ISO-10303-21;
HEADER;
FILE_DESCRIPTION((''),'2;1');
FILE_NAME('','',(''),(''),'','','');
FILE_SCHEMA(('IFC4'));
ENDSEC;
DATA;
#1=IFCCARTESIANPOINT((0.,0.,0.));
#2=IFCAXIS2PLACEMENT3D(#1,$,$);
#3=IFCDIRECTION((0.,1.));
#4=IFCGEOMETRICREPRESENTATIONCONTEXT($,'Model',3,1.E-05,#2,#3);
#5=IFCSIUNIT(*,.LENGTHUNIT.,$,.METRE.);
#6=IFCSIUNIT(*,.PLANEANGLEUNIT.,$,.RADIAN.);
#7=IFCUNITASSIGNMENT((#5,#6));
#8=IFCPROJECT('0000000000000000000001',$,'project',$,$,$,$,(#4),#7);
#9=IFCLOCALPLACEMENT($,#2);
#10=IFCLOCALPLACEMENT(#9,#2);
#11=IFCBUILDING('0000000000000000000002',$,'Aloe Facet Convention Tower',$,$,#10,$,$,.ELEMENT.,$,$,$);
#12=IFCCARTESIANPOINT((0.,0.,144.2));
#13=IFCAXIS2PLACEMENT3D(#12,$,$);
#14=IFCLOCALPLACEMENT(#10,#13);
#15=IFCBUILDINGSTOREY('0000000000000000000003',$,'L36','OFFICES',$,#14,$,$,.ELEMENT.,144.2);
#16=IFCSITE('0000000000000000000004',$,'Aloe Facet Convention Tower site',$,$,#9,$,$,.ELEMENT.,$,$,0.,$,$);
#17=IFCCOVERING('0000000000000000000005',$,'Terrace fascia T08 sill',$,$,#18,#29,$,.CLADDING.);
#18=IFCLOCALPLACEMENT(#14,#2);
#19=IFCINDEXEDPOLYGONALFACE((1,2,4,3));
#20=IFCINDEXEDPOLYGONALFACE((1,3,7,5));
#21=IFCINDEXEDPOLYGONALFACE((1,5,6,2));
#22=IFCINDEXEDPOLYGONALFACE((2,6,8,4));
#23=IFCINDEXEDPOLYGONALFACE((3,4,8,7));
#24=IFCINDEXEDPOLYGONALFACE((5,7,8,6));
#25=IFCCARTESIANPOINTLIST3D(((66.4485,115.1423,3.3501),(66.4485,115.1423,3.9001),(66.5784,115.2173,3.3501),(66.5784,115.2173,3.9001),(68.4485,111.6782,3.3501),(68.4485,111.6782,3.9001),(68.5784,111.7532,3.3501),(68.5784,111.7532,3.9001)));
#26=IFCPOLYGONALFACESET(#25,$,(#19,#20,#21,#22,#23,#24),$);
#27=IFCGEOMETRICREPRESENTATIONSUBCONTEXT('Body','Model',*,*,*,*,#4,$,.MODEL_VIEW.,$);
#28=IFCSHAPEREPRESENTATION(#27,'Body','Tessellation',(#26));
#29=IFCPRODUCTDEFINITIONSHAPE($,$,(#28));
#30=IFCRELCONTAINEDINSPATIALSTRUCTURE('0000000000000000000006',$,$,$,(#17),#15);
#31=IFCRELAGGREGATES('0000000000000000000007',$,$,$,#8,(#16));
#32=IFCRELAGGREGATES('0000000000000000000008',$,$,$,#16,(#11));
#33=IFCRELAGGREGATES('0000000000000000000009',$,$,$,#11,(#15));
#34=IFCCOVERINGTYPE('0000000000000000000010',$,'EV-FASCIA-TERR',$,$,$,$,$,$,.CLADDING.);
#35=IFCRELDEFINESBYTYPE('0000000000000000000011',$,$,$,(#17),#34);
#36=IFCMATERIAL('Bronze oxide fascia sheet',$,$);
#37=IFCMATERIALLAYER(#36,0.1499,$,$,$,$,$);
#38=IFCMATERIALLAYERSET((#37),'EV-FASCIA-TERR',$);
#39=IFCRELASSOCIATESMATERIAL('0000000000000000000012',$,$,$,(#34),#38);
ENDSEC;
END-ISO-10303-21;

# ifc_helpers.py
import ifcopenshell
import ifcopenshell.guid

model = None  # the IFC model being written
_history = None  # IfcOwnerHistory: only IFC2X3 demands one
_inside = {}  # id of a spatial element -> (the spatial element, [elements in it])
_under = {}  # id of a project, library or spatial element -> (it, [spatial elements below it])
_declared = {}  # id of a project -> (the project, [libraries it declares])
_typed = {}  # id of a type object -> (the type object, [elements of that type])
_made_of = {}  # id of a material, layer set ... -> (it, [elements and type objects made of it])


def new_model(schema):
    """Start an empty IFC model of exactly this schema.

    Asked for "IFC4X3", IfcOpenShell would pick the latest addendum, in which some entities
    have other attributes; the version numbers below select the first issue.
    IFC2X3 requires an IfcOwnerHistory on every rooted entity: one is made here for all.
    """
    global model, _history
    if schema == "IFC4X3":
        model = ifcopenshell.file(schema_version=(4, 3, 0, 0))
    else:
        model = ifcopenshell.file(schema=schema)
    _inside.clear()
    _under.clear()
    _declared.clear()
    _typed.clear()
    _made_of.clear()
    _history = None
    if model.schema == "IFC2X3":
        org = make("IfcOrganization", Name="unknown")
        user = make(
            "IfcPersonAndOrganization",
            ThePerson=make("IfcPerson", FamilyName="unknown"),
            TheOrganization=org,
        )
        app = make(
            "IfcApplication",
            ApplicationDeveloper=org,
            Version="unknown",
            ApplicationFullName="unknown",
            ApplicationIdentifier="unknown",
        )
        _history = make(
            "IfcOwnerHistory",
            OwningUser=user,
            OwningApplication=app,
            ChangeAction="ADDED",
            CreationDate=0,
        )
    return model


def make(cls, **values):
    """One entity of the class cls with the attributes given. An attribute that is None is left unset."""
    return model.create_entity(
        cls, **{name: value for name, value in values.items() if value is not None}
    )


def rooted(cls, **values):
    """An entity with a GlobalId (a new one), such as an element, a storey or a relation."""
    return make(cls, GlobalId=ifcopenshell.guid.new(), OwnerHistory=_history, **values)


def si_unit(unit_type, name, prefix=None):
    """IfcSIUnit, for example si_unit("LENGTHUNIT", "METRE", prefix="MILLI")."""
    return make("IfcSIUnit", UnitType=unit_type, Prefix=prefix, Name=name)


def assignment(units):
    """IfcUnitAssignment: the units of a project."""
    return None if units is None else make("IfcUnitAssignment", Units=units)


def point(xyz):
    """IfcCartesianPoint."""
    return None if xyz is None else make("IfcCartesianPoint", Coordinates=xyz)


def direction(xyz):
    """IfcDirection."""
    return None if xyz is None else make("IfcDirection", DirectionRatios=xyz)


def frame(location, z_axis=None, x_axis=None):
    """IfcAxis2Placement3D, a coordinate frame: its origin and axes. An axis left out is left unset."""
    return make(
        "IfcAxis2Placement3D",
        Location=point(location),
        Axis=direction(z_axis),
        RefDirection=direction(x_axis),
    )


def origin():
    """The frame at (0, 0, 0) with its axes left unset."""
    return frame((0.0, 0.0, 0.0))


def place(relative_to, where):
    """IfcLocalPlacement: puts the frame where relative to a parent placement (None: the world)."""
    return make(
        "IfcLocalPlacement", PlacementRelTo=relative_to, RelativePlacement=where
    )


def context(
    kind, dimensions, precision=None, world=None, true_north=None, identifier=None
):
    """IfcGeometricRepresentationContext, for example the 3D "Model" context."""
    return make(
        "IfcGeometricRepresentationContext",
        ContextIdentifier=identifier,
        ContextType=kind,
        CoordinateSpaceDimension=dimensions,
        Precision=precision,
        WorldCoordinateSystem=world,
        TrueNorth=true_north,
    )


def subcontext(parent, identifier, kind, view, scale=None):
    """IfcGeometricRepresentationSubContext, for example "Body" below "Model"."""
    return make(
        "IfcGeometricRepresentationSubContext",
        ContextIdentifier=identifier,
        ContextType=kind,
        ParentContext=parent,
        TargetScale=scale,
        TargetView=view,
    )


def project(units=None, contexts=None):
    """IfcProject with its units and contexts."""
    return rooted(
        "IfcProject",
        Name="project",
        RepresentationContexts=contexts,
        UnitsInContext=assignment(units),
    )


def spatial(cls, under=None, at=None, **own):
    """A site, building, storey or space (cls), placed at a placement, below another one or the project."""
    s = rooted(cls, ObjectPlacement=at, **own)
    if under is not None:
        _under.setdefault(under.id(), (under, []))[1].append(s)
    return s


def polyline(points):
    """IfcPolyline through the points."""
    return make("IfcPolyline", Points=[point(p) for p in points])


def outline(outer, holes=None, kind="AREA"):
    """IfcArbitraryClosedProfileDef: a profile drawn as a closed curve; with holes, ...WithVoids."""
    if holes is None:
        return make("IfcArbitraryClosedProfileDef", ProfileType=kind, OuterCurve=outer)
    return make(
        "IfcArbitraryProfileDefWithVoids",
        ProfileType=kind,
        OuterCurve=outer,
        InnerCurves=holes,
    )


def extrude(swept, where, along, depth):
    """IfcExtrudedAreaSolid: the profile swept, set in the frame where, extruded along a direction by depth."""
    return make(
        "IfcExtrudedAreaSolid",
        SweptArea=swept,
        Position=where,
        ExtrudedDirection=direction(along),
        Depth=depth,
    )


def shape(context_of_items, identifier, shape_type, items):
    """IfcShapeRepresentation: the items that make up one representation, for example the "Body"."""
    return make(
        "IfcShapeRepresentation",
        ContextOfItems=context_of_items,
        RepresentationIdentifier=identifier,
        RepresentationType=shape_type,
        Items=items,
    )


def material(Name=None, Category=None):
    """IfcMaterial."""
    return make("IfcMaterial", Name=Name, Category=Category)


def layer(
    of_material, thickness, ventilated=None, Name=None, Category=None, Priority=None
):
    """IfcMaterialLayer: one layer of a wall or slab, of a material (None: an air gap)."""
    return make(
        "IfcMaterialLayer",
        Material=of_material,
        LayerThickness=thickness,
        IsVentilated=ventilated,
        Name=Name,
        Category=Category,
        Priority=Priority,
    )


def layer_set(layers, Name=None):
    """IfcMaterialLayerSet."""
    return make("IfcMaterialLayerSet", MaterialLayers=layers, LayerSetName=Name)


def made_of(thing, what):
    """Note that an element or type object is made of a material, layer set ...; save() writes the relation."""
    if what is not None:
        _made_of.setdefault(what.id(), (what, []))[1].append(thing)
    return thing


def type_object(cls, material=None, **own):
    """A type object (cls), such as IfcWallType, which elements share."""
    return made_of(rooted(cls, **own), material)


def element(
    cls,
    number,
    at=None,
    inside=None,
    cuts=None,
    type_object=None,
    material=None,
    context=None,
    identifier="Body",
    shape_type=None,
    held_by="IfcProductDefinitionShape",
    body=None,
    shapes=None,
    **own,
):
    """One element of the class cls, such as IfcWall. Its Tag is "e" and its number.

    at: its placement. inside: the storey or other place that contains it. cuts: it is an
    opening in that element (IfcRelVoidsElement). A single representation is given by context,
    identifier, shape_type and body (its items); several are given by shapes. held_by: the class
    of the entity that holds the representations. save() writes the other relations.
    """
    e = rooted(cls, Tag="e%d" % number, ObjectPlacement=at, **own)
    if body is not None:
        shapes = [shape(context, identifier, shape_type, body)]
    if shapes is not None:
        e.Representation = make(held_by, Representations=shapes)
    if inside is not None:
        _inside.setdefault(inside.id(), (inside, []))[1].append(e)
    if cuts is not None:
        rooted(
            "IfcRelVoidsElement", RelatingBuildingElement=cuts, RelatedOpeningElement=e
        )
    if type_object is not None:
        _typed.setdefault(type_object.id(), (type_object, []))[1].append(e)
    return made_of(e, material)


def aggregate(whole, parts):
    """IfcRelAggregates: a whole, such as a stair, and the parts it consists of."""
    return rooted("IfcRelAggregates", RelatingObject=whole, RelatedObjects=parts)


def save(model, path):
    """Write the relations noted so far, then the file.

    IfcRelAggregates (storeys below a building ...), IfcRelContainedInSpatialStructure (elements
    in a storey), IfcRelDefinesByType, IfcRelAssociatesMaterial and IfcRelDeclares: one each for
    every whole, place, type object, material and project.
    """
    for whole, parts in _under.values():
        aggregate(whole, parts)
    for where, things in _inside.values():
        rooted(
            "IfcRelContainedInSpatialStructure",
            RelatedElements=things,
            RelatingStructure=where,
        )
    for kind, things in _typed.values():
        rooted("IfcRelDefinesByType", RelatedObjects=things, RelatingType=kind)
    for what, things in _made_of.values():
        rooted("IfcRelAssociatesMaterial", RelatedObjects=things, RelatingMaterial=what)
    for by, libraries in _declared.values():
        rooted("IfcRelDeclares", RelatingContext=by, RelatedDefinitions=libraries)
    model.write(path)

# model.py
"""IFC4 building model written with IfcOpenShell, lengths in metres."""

from ifc_helpers import new_model, si_unit, direction, frame, origin, place, context, subcontext, project, spatial, polyline, outline, extrude, material, layer, layer_set, type_object, element, save


model = new_model("IFC4")

# Units and contexts
model_context = context("Model", 3, precision=1e-05, world=origin(), true_north=direction((0.0, 1.0)))
body_context = subcontext(model_context, "Body", "Model", "MODEL_VIEW")
ifc_project = project(units=[si_unit("LENGTHUNIT", "METRE"), si_unit("PLANEANGLEUNIT", "RADIAN")], contexts=[model_context])

# Site, building, storey
site_placement = place(None, origin())
site = spatial("IfcSite", under=ifc_project, at=site_placement, Name="Aloe Facet Convention Tower site", CompositionType="ELEMENT", RefElevation=0.0)
building_placement = place(site_placement, origin())
building = spatial("IfcBuilding", under=site, at=building_placement, Name="Aloe Facet Convention Tower", CompositionType="ELEMENT")
storey_placement = place(building_placement, frame((0.0, 0.0, 144.2)))
storey = spatial("IfcBuildingStorey", under=building, at=storey_placement, Name="L36", Description="OFFICES", CompositionType="ELEMENT", Elevation=144.2)

# Covering
ifc_material_1 = material(Name="Bronze oxide fascia sheet")
ifc_layer_1 = layer(ifc_material_1, 0.1499)
ifc_layer_set_1 = layer_set([ifc_layer_1], Name="EV-FASCIA-TERR")
covering_type = type_object("IfcCoveringType", Name="EV-FASCIA-TERR", PredefinedType="CLADDING", material=ifc_layer_set_1)
covering_1_placement = place(storey_placement, frame((0.0, 0.0, 3.3501)))
element("IfcCovering", 1, at=covering_1_placement, inside=storey, type_object=covering_type, Name="Terrace fascia T08 sill", PredefinedType="CLADDING", context=body_context, shape_type="SweptSolid", body=[
    extrude(outline(polyline([(66.4485, 115.1423), (68.4485, 111.6782), (68.5784, 111.7532), (66.5784, 115.2173), (66.4485, 115.1423)])), origin(), (0.0, 0.0, 1.0), 0.55),
])

save(model, "model.ifc")
